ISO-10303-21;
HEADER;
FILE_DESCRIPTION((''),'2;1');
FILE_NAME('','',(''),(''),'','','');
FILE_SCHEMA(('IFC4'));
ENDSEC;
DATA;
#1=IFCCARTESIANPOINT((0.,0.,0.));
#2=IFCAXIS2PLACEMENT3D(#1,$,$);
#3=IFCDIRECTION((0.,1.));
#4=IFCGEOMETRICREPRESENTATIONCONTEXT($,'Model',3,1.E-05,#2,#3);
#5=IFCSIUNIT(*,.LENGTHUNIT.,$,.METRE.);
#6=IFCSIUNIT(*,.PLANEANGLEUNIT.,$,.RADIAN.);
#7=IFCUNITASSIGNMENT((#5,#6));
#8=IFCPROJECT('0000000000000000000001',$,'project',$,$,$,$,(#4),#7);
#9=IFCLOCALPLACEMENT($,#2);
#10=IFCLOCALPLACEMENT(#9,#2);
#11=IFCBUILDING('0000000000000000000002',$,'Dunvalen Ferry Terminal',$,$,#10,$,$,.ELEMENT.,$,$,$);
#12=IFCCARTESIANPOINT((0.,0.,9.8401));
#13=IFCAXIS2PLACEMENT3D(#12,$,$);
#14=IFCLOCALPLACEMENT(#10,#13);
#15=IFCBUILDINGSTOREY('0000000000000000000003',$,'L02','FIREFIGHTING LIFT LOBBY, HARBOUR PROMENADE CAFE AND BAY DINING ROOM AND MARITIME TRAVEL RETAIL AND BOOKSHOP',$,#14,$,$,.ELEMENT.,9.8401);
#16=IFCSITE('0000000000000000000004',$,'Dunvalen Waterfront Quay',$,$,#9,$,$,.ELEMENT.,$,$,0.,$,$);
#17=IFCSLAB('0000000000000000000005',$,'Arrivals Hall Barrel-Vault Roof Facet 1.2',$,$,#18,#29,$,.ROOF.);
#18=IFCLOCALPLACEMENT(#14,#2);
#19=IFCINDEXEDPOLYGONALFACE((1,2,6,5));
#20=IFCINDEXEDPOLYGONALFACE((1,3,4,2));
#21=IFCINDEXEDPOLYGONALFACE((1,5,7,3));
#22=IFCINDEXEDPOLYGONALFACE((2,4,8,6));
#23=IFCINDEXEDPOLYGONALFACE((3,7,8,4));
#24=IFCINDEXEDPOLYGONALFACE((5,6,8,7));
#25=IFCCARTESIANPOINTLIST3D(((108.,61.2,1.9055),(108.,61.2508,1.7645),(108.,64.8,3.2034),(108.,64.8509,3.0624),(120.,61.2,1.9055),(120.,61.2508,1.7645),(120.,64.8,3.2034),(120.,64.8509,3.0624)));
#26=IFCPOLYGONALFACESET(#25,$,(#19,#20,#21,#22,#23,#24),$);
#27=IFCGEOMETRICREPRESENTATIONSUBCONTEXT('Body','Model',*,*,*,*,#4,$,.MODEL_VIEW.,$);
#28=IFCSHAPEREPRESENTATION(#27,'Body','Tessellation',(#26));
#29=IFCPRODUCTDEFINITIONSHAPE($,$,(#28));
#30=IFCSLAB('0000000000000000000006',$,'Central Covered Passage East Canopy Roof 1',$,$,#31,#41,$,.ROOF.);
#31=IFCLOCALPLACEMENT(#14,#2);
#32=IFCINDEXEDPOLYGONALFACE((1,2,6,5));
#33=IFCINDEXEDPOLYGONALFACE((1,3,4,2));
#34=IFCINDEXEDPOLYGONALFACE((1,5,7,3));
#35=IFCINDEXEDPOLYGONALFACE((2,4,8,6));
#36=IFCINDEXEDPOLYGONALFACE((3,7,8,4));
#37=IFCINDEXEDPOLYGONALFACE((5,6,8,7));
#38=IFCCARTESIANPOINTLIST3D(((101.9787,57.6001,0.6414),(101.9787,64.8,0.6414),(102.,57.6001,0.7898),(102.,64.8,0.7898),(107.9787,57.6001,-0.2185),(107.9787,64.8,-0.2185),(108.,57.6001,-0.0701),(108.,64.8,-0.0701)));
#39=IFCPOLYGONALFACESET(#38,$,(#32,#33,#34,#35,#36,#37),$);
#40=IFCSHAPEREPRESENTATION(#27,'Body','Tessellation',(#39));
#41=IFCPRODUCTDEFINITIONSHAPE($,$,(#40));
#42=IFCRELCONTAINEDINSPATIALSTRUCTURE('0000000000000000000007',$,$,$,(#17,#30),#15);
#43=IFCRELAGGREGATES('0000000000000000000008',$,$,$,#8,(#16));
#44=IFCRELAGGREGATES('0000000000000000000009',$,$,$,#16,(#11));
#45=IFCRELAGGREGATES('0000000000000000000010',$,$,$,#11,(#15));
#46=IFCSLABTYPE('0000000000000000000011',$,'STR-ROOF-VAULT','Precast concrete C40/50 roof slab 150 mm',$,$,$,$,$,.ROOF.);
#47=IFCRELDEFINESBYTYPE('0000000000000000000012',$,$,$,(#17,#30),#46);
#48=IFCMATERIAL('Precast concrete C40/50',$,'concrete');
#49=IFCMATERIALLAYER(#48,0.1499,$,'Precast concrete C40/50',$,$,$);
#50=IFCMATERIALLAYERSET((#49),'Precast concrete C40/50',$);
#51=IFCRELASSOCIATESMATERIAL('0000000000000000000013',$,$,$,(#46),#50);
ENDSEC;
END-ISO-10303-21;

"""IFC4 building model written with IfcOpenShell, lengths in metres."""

from ifc_helpers import new_model, si_unit, direction, frame, origin, place, context, subcontext, project, spatial, polyline, outline, extrude, material, layer, layer_set, type_object, element, save


model = new_model("IFC4")

# Units and contexts
model_context = context("Model", 3, precision=1e-05, world=origin(), true_north=direction((0.0, 1.0)))
body_context = subcontext(model_context, "Body", "Model", "MODEL_VIEW")
ifc_project = project(units=[si_unit("LENGTHUNIT", "METRE"), si_unit("PLANEANGLEUNIT", "RADIAN")], contexts=[model_context])

# Site, building, storey
site_placement = place(None, origin())
site = spatial("IfcSite", under=ifc_project, at=site_placement, Name="Dunvalen Waterfront Quay", CompositionType="ELEMENT", RefElevation=0.0)
building_placement = place(site_placement, origin())
building = spatial("IfcBuilding", under=site, at=building_placement, Name="Dunvalen Ferry Terminal", CompositionType="ELEMENT")
storey_placement = place(building_placement, frame((0.0, 0.0, 9.8401)))
storey = spatial("IfcBuildingStorey", under=building, at=storey_placement, Name="L02", Description="FIREFIGHTING LIFT LOBBY, HARBOUR PROMENADE CAFE AND BAY DINING ROOM AND MARITIME TRAVEL RETAIL AND BOOKSHOP", CompositionType="ELEMENT", Elevation=9.8401)

# Slabs
ifc_material_1 = material(Name="Precast concrete C40/50", Category="concrete")
ifc_layer_1 = layer(ifc_material_1, 0.1499, Name="Precast concrete C40/50")
ifc_layer_set_1 = layer_set([ifc_layer_1], Name="Precast concrete C40/50")
slab_type_1 = type_object("IfcSlabType", Name="STR-ROOF-VAULT", Description="Precast concrete C40/50 roof slab 150 mm", PredefinedType="ROOF", material=ifc_layer_set_1)
slab_1_placement = place(storey_placement, frame((108.0, 61.2, 1.9055), z_axis=(0.0, -0.33914, 0.940736), x_axis=(1.0, 0.0, 0.0)))
element("IfcSlab", 1, at=slab_1_placement, inside=storey, type_object=slab_type_1, Name="Arrivals Hall Barrel-Vault Roof Facet 1.2", PredefinedType="ROOF", context=body_context, shape_type="SweptSolid", body=[
    extrude(outline(polyline([(0.0, 0.0), (12.0, 0.0), (12.0, 3.8269), (0.0, 3.8269), (0.0, 0.0)])), origin(), (0.0, 0.0, -1.0), 0.1499),
])
slab_2_placement = place(storey_placement, frame((102.0, 57.6001, 0.7898), z_axis=(0.141861, 0.0, 0.989887), x_axis=(0.989887, 0.0, -0.141861)))
element("IfcSlab", 2, at=slab_2_placement, inside=storey, type_object=slab_type_1, Name="Central Covered Passage East Canopy Roof 1", PredefinedType="ROOF", context=body_context, shape_type="SweptSolid", body=[
    extrude(outline(polyline([(0.0, 0.0), (6.0613, 0.0), (6.0613, 7.2), (0.0, 7.2), (0.0, 0.0)])), origin(), (0.0, 0.0, -1.0), 0.1499),
])

save(model, "model.ifc")
